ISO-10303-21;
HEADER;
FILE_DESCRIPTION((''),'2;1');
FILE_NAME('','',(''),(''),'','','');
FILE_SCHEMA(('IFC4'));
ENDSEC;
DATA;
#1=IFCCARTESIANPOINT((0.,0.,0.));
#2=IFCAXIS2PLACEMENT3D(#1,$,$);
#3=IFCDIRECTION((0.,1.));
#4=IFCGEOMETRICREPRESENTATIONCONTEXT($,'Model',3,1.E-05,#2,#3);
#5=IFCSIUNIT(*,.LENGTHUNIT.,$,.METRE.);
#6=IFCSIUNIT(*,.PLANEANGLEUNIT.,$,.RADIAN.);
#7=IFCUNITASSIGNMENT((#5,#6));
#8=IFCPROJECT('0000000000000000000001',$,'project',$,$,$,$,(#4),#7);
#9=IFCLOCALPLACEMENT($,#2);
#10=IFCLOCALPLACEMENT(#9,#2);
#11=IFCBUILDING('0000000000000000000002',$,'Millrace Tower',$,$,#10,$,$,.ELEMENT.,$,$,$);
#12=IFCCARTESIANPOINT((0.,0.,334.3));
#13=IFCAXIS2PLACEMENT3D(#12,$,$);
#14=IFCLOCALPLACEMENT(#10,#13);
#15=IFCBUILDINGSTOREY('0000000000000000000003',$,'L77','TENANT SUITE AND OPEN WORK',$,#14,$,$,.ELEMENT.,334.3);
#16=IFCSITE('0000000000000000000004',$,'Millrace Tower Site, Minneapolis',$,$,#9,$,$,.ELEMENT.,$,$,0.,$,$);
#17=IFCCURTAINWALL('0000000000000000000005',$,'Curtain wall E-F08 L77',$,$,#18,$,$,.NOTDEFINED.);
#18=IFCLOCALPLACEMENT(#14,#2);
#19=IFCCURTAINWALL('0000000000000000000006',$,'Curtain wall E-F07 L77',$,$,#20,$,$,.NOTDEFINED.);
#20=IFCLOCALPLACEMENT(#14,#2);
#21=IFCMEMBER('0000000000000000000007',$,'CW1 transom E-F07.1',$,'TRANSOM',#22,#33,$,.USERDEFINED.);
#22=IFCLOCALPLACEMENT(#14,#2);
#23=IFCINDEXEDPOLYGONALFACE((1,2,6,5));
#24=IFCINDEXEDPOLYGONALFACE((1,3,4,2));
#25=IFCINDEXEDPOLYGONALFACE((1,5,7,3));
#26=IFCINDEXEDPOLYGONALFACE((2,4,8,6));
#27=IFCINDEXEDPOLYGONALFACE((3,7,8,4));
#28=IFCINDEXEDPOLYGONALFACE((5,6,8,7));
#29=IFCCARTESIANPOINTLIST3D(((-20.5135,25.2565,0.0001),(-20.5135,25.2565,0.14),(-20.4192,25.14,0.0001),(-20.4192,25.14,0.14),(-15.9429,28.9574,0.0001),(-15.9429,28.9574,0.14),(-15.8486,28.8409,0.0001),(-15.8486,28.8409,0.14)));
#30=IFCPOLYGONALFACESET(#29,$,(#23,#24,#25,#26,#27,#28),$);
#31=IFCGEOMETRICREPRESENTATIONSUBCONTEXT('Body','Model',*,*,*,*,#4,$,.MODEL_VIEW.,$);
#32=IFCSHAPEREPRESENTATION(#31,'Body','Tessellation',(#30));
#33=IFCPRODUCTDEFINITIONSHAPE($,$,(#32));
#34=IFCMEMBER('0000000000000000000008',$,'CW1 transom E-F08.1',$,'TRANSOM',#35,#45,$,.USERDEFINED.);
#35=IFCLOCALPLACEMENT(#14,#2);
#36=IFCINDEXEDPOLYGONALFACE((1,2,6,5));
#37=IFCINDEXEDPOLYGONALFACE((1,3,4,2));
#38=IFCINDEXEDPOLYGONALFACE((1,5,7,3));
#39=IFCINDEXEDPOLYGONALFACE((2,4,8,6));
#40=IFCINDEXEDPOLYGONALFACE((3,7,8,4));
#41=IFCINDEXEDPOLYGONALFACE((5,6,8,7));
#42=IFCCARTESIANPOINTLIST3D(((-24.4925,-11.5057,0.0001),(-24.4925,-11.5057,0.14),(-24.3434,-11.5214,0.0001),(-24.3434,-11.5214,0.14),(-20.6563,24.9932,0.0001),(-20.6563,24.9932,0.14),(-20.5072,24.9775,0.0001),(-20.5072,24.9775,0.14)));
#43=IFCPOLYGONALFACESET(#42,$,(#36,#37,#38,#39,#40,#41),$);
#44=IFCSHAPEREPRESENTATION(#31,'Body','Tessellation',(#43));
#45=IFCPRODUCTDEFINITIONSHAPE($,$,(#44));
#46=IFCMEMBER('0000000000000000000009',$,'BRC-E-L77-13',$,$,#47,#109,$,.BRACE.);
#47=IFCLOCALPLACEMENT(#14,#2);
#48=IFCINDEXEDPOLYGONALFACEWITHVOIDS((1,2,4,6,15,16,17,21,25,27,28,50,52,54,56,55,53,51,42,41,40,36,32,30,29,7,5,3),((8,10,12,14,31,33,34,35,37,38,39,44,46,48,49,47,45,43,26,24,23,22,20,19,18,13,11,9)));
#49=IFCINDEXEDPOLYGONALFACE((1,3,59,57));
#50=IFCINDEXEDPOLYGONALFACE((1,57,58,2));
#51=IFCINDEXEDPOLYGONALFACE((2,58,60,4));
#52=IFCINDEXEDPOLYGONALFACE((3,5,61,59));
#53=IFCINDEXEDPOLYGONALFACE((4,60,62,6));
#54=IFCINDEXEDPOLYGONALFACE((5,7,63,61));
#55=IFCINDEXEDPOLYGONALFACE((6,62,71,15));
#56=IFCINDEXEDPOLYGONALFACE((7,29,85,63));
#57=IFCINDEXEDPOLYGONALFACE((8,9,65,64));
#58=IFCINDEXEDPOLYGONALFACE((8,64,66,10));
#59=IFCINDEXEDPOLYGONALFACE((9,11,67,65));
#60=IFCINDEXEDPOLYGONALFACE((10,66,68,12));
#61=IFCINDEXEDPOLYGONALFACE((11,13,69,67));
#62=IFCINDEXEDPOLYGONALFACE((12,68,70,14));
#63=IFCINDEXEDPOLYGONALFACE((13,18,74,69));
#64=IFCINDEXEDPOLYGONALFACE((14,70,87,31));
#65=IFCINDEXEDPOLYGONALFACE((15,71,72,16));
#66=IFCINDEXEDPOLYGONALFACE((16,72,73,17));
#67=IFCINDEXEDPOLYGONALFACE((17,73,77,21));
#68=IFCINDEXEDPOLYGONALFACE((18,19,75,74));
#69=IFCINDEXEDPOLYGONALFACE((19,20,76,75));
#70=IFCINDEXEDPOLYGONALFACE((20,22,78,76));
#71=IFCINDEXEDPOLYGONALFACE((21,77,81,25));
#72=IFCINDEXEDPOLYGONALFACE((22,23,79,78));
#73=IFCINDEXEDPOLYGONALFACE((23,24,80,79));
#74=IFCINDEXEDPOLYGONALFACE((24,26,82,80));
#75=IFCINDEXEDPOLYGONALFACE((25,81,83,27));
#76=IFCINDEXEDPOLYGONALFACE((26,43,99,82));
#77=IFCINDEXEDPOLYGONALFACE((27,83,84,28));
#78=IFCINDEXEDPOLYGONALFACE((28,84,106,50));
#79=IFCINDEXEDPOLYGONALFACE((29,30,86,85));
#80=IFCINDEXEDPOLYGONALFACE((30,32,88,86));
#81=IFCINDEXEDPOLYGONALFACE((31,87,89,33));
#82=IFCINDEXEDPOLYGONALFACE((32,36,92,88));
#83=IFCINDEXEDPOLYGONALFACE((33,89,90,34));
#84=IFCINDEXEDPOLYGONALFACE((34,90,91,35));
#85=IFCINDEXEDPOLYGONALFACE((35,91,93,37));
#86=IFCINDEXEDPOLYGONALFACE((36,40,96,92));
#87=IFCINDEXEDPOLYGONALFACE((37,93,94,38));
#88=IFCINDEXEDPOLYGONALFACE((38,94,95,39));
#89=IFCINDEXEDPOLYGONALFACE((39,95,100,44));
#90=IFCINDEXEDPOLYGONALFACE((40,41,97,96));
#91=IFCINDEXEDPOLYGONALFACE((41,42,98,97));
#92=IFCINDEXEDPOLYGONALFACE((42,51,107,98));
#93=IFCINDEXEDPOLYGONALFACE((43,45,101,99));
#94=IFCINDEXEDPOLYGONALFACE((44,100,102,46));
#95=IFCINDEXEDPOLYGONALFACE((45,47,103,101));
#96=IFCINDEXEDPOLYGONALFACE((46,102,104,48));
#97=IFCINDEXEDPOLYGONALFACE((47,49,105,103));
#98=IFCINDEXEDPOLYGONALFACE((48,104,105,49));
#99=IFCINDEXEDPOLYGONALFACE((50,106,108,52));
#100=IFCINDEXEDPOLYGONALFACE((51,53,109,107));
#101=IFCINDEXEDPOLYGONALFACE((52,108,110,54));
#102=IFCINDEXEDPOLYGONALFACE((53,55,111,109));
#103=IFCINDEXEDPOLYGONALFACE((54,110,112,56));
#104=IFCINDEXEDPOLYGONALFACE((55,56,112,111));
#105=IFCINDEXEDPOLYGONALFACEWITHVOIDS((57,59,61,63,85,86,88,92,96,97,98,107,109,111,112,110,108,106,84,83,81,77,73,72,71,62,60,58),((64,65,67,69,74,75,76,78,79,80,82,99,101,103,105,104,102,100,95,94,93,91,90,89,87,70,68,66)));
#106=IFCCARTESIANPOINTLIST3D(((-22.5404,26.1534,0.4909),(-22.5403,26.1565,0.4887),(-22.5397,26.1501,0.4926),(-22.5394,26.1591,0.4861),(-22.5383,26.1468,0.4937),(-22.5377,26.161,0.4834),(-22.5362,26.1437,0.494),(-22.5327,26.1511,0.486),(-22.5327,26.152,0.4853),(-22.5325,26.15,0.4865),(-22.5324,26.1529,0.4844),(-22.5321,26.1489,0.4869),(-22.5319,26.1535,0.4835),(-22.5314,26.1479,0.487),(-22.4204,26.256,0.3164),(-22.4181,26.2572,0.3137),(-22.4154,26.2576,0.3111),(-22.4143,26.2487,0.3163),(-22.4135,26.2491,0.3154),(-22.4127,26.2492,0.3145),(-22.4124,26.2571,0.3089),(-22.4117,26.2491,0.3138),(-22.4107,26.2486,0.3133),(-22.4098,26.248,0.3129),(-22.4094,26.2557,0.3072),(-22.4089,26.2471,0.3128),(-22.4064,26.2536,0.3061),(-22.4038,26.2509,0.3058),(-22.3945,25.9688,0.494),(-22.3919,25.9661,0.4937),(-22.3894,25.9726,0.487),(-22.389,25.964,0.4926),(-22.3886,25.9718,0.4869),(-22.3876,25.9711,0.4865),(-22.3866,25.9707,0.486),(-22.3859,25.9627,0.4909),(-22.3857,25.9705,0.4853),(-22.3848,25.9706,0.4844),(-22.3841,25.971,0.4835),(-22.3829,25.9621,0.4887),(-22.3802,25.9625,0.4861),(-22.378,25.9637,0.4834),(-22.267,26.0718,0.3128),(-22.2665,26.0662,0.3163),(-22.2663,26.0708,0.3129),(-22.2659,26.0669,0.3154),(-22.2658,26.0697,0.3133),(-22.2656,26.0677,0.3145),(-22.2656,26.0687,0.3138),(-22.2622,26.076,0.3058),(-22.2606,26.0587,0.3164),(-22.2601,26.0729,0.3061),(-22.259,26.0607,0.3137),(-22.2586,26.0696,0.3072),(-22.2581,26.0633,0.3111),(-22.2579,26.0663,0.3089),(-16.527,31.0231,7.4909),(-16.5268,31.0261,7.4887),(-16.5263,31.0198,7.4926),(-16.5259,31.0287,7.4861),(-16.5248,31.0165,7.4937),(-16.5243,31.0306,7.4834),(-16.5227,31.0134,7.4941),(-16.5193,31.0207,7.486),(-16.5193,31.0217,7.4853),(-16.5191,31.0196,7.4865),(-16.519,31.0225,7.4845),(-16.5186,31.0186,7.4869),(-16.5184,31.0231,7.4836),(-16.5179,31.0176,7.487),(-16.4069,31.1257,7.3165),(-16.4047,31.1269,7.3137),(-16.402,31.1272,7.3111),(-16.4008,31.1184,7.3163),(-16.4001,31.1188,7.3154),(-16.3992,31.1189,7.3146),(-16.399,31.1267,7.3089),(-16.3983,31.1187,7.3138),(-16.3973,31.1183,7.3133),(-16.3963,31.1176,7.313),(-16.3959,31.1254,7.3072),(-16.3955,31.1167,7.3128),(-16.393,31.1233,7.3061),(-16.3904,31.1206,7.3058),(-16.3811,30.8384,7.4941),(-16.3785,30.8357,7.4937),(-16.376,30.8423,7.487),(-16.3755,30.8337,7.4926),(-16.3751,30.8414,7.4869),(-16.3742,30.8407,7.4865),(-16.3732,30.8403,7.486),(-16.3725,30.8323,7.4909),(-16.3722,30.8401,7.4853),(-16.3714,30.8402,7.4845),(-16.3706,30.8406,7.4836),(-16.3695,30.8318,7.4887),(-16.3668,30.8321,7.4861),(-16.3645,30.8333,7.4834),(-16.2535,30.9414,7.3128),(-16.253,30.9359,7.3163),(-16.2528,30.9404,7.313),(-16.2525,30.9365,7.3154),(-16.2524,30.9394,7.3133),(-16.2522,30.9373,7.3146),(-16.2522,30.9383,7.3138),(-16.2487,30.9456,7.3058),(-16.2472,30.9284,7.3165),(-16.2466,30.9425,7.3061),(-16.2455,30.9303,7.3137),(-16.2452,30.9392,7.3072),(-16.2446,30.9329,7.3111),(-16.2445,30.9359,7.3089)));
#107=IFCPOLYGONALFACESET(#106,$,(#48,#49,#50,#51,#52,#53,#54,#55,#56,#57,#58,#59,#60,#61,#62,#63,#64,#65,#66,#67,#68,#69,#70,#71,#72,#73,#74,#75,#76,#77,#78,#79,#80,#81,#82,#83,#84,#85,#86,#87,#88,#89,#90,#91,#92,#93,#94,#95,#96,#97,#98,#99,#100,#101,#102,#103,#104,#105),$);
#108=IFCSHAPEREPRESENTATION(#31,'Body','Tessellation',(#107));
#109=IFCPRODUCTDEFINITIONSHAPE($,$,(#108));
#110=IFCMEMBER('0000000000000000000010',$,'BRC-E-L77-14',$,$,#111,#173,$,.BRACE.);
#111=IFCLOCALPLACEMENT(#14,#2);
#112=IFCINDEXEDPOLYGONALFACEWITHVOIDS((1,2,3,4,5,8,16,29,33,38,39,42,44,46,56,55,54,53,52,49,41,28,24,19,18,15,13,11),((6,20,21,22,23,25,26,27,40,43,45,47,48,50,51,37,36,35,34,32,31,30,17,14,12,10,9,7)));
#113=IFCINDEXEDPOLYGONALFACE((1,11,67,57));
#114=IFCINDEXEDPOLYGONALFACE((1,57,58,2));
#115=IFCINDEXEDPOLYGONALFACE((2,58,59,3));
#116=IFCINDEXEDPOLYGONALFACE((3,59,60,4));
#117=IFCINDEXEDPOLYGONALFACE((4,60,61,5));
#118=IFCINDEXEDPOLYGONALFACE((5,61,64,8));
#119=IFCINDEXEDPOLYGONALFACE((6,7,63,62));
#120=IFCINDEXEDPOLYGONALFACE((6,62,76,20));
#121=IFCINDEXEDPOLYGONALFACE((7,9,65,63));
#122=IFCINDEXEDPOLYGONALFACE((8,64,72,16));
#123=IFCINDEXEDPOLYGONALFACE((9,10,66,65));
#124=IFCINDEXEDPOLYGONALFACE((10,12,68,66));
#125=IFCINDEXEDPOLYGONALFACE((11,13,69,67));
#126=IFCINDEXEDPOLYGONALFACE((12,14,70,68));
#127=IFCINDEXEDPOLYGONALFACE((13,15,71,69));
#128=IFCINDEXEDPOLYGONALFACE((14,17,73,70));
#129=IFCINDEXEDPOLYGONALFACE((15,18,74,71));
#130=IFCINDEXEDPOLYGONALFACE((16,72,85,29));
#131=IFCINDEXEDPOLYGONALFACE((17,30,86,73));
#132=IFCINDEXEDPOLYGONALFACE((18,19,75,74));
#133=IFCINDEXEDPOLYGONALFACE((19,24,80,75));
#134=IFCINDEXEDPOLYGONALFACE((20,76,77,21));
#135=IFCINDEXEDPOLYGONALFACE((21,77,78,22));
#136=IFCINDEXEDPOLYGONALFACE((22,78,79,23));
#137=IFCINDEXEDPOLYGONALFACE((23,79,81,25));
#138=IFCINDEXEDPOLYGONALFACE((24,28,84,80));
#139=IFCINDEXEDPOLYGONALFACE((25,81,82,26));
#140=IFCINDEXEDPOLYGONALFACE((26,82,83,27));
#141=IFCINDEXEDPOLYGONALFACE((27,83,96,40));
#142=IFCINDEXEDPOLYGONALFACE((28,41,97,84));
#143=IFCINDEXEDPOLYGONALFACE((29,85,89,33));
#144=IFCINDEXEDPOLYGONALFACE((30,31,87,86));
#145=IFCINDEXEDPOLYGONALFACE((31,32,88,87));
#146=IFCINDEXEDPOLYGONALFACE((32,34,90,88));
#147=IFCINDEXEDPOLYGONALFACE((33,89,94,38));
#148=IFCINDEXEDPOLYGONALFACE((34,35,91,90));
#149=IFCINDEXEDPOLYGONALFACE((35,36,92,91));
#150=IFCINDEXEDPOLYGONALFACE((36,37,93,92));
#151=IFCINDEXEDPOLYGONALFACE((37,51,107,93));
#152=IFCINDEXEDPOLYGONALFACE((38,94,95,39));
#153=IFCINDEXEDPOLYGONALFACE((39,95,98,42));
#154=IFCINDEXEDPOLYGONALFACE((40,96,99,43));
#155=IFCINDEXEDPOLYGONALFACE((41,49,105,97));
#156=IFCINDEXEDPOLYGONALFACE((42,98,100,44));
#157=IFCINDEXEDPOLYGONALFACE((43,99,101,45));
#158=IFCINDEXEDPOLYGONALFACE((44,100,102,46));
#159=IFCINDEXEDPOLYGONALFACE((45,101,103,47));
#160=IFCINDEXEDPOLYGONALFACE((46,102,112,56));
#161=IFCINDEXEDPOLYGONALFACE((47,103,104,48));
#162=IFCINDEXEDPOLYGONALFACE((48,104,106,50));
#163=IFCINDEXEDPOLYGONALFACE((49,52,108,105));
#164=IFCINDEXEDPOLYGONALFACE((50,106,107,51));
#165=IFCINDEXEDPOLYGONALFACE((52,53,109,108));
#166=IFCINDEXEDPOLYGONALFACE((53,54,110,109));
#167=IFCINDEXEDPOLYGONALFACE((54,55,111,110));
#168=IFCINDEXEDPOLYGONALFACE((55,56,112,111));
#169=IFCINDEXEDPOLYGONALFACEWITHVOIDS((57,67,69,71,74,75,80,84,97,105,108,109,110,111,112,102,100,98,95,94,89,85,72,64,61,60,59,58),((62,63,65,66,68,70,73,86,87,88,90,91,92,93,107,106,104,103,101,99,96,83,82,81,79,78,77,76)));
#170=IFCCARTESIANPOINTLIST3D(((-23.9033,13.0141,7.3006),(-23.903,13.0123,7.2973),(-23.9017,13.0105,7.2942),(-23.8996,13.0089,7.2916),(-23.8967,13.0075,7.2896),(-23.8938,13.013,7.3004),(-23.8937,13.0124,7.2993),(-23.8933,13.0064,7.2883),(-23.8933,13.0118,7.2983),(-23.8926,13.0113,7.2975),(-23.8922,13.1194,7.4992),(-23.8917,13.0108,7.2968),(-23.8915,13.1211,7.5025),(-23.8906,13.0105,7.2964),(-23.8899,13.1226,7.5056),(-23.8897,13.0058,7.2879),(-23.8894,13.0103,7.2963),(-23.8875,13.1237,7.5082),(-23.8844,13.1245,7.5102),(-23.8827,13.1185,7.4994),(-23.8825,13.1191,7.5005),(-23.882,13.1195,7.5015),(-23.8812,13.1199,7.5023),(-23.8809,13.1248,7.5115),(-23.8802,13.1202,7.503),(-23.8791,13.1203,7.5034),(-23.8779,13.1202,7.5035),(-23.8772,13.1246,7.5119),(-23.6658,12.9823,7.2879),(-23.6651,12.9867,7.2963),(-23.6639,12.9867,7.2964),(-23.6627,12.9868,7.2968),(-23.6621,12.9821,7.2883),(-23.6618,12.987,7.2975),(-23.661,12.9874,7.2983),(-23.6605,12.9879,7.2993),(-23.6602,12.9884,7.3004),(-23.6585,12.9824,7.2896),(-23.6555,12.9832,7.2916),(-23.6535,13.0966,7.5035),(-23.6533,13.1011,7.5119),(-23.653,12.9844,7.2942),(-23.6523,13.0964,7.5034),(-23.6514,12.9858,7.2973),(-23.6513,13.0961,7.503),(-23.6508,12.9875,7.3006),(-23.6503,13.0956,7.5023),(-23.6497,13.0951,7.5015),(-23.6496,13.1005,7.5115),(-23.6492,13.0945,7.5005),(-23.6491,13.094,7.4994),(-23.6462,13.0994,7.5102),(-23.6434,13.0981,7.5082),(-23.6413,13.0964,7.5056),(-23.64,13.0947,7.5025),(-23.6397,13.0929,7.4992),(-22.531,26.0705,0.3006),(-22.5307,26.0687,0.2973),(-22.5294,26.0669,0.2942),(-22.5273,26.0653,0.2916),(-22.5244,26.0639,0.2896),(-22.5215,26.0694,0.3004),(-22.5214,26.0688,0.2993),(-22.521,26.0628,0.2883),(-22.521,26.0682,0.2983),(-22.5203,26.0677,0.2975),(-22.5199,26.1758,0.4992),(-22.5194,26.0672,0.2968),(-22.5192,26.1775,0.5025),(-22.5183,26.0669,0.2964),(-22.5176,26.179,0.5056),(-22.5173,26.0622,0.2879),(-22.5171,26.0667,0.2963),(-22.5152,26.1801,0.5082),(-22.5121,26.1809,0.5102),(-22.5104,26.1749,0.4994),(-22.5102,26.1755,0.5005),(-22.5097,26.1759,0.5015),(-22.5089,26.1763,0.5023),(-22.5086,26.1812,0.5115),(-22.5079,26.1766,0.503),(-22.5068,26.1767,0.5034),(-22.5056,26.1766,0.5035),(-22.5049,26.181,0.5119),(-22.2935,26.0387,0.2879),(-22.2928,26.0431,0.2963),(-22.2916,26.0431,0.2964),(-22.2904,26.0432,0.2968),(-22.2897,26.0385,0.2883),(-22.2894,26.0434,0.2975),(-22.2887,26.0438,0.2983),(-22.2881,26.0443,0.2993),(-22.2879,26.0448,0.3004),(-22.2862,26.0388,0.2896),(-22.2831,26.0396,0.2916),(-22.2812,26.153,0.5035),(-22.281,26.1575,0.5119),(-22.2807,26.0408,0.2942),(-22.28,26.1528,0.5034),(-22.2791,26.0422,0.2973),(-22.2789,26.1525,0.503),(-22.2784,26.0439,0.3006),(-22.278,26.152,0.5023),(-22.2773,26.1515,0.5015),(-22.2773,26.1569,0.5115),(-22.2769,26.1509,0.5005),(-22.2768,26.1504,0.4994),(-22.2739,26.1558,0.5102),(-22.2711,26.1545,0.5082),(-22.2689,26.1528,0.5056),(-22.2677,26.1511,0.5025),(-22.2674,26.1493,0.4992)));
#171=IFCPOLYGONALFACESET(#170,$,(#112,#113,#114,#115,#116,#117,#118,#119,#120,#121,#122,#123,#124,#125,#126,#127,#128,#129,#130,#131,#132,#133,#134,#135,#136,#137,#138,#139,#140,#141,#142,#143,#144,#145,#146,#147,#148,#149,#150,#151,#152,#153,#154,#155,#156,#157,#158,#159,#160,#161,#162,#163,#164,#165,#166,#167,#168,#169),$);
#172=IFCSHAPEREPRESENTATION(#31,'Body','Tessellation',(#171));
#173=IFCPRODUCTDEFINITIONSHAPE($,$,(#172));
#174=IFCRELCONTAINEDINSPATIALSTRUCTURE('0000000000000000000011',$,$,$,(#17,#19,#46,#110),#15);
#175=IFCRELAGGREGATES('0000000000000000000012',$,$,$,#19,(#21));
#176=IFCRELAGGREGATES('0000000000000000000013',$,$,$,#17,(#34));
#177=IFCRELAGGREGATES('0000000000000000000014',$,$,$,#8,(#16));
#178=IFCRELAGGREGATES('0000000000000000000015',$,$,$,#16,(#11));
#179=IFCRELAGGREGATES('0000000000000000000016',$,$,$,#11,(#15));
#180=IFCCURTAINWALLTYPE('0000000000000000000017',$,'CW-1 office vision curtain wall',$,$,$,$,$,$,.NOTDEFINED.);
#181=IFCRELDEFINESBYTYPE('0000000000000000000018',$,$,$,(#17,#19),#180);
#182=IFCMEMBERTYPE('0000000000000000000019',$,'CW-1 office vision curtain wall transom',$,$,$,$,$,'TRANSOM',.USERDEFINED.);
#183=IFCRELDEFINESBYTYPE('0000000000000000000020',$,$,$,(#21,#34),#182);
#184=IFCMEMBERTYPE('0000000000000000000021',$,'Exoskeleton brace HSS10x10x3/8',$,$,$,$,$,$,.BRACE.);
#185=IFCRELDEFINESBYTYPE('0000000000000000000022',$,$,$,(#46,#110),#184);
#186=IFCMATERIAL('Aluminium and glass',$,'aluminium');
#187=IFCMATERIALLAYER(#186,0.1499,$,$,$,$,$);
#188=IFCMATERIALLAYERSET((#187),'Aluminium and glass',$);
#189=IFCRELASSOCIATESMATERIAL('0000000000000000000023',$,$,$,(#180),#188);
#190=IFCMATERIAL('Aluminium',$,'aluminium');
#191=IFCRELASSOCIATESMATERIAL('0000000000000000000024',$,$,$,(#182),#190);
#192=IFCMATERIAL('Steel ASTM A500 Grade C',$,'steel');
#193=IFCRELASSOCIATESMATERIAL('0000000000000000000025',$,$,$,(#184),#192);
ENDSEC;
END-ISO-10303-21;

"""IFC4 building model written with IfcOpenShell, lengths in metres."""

from ifc_helpers import new_model, si_unit, direction, frame, origin, origin_2d, place, context, subcontext, project, spatial, rectangle, hollow_rectangle, extrude, material, layer, layer_set, material_profile, profile_set, type_object, element, aggregate, save


model = new_model("IFC4")

# Units and contexts
model_context = context("Model", 3, precision=1e-05, world=origin(), true_north=direction((0.0, 1.0)))
body_context = subcontext(model_context, "Body", "Model", "MODEL_VIEW")
ifc_project = project(units=[si_unit("LENGTHUNIT", "METRE"), si_unit("PLANEANGLEUNIT", "RADIAN")], contexts=[model_context])

# Site, building, storey
site_placement = place(None, origin())
site = spatial("IfcSite", under=ifc_project, at=site_placement, Name="Millrace Tower Site, Minneapolis", CompositionType="ELEMENT", RefElevation=0.0)
building_placement = place(site_placement, origin())
building = spatial("IfcBuilding", under=site, at=building_placement, Name="Millrace Tower", CompositionType="ELEMENT")
storey_placement = place(building_placement, frame((0.0, 0.0, 334.3)))
storey = spatial("IfcBuildingStorey", under=building, at=storey_placement, Name="L77", Description="TENANT SUITE AND OPEN WORK", CompositionType="ELEMENT", Elevation=334.3)

# Curtain wall
ifc_material_1 = material(Name="Aluminium and glass", Category="aluminium")
ifc_layer_1 = layer(ifc_material_1, 0.1499)
ifc_layer_set_1 = layer_set([ifc_layer_1], Name="Aluminium and glass")
curtain_wall_type = type_object("IfcCurtainWallType", Name="CW-1 office vision curtain wall", PredefinedType="NOTDEFINED", material=ifc_layer_set_1)
placement = place(storey_placement, origin())
curtain_wall_1 = element("IfcCurtainWall", 1, at=placement, inside=storey, type_object=curtain_wall_type, Name="Curtain wall E-F08 L77", PredefinedType="NOTDEFINED")

# Curtain wall, member
curtain_wall_2 = element("IfcCurtainWall", 2, at=placement, inside=storey, type_object=curtain_wall_type, Name="Curtain wall E-F07 L77", PredefinedType="NOTDEFINED")
ifc_material_2 = material(Name="Aluminium", Category="aluminium")
ifc_material_profile_1 = material_profile(ifc_material_2, rectangle(XDim=0.1499, YDim=0.1399, at=origin_2d()))
ifc_profile_set_1 = profile_set([ifc_material_profile_1], Name="Aluminium")
member_type_1 = type_object("IfcMemberType", Name="CW-1 office vision curtain wall transom", ElementType="TRANSOM", PredefinedType="USERDEFINED", material=ifc_profile_set_1)
member_1_placement = place(storey_placement, frame((-15.8958, 28.8992, 0.0701), z_axis=(-0.777166, -0.629296, 0.0), x_axis=(0.629296, -0.777166, 0.0)))
member_1 = element("IfcMember", 3, at=member_1_placement, type_object=member_type_1, Name="CW1 transom E-F07.1", ObjectType="TRANSOM", PredefinedType="USERDEFINED", context=body_context, shape_type="SweptSolid", body=[
    extrude(rectangle(XDim=0.1499, YDim=0.1399, at=origin_2d()), origin(), (0.0, 0.0, 1.0), 5.8811),
])
aggregate(curtain_wall_2, [member_1])

# Member
member_2_placement = place(storey_placement, frame((-20.5818, 24.9854, 0.0701), z_axis=(-0.104528, -0.994522, 0.0), x_axis=(0.994522, -0.104528, 0.0)))
member_2 = element("IfcMember", 4, at=member_2_placement, type_object=member_type_1, Name="CW1 transom E-F08.1", ObjectType="TRANSOM", PredefinedType="USERDEFINED", context=body_context, shape_type="SweptSolid", body=[
    extrude(rectangle(XDim=0.1499, YDim=0.1399, at=origin_2d()), origin(), (0.0, 0.0, 1.0), 36.7),
])
aggregate(curtain_wall_1, [member_2])

# Members
ifc_material_3 = material(Name="Steel ASTM A500 Grade C", Category="steel")
ifc_material_profile_2 = material_profile(ifc_material_3, hollow_rectangle(XDim=0.2539, YDim=0.2539, WallThickness=0.0095, InnerFilletRadius=0.0046, OuterFilletRadius=0.0144, at=origin_2d()))
ifc_profile_set_2 = profile_set([ifc_material_profile_2], Name="Steel ASTM A500 Grade C")
member_type_2 = type_object("IfcMemberType", Name="Exoskeleton brace HSS10x10x3/8", PredefinedType="BRACE", material=ifc_profile_set_2)
member_3_placement = place(storey_placement, frame((-22.3992, 26.1099, 0.3999), z_axis=(0.576314, 0.466694, 0.670864), x_axis=(-0.629324, 0.777143, 0.0)))
element("IfcMember", 5, at=member_3_placement, inside=storey, type_object=member_type_2, Name="BRC-E-L77-13", PredefinedType="BRACE", context=body_context, shape_type="SweptSolid", body=[
    extrude(hollow_rectangle(XDim=0.2539, YDim=0.2539, WallThickness=0.0095, InnerFilletRadius=0.0046, OuterFilletRadius=0.0144, at=origin_2d()), origin(), (0.0, 0.0, 1.0), 10.4343),
])
member_4_placement = place(storey_placement, frame((-22.3992, 26.1099, 0.3999), z_axis=(-0.092238, -0.877568, 0.470496), x_axis=(0.994522, -0.104531, 0.0)))
element("IfcMember", 6, at=member_4_placement, inside=storey, type_object=member_type_2, Name="BRC-E-L77-14", PredefinedType="BRACE", context=body_context, shape_type="SweptSolid", body=[
    extrude(hollow_rectangle(XDim=0.2539, YDim=0.2539, WallThickness=0.0095, InnerFilletRadius=0.0046, OuterFilletRadius=0.0144, at=origin_2d()), origin(), (0.0, 0.0, 1.0), 14.8779),
])

save(model, "model.ifc")
